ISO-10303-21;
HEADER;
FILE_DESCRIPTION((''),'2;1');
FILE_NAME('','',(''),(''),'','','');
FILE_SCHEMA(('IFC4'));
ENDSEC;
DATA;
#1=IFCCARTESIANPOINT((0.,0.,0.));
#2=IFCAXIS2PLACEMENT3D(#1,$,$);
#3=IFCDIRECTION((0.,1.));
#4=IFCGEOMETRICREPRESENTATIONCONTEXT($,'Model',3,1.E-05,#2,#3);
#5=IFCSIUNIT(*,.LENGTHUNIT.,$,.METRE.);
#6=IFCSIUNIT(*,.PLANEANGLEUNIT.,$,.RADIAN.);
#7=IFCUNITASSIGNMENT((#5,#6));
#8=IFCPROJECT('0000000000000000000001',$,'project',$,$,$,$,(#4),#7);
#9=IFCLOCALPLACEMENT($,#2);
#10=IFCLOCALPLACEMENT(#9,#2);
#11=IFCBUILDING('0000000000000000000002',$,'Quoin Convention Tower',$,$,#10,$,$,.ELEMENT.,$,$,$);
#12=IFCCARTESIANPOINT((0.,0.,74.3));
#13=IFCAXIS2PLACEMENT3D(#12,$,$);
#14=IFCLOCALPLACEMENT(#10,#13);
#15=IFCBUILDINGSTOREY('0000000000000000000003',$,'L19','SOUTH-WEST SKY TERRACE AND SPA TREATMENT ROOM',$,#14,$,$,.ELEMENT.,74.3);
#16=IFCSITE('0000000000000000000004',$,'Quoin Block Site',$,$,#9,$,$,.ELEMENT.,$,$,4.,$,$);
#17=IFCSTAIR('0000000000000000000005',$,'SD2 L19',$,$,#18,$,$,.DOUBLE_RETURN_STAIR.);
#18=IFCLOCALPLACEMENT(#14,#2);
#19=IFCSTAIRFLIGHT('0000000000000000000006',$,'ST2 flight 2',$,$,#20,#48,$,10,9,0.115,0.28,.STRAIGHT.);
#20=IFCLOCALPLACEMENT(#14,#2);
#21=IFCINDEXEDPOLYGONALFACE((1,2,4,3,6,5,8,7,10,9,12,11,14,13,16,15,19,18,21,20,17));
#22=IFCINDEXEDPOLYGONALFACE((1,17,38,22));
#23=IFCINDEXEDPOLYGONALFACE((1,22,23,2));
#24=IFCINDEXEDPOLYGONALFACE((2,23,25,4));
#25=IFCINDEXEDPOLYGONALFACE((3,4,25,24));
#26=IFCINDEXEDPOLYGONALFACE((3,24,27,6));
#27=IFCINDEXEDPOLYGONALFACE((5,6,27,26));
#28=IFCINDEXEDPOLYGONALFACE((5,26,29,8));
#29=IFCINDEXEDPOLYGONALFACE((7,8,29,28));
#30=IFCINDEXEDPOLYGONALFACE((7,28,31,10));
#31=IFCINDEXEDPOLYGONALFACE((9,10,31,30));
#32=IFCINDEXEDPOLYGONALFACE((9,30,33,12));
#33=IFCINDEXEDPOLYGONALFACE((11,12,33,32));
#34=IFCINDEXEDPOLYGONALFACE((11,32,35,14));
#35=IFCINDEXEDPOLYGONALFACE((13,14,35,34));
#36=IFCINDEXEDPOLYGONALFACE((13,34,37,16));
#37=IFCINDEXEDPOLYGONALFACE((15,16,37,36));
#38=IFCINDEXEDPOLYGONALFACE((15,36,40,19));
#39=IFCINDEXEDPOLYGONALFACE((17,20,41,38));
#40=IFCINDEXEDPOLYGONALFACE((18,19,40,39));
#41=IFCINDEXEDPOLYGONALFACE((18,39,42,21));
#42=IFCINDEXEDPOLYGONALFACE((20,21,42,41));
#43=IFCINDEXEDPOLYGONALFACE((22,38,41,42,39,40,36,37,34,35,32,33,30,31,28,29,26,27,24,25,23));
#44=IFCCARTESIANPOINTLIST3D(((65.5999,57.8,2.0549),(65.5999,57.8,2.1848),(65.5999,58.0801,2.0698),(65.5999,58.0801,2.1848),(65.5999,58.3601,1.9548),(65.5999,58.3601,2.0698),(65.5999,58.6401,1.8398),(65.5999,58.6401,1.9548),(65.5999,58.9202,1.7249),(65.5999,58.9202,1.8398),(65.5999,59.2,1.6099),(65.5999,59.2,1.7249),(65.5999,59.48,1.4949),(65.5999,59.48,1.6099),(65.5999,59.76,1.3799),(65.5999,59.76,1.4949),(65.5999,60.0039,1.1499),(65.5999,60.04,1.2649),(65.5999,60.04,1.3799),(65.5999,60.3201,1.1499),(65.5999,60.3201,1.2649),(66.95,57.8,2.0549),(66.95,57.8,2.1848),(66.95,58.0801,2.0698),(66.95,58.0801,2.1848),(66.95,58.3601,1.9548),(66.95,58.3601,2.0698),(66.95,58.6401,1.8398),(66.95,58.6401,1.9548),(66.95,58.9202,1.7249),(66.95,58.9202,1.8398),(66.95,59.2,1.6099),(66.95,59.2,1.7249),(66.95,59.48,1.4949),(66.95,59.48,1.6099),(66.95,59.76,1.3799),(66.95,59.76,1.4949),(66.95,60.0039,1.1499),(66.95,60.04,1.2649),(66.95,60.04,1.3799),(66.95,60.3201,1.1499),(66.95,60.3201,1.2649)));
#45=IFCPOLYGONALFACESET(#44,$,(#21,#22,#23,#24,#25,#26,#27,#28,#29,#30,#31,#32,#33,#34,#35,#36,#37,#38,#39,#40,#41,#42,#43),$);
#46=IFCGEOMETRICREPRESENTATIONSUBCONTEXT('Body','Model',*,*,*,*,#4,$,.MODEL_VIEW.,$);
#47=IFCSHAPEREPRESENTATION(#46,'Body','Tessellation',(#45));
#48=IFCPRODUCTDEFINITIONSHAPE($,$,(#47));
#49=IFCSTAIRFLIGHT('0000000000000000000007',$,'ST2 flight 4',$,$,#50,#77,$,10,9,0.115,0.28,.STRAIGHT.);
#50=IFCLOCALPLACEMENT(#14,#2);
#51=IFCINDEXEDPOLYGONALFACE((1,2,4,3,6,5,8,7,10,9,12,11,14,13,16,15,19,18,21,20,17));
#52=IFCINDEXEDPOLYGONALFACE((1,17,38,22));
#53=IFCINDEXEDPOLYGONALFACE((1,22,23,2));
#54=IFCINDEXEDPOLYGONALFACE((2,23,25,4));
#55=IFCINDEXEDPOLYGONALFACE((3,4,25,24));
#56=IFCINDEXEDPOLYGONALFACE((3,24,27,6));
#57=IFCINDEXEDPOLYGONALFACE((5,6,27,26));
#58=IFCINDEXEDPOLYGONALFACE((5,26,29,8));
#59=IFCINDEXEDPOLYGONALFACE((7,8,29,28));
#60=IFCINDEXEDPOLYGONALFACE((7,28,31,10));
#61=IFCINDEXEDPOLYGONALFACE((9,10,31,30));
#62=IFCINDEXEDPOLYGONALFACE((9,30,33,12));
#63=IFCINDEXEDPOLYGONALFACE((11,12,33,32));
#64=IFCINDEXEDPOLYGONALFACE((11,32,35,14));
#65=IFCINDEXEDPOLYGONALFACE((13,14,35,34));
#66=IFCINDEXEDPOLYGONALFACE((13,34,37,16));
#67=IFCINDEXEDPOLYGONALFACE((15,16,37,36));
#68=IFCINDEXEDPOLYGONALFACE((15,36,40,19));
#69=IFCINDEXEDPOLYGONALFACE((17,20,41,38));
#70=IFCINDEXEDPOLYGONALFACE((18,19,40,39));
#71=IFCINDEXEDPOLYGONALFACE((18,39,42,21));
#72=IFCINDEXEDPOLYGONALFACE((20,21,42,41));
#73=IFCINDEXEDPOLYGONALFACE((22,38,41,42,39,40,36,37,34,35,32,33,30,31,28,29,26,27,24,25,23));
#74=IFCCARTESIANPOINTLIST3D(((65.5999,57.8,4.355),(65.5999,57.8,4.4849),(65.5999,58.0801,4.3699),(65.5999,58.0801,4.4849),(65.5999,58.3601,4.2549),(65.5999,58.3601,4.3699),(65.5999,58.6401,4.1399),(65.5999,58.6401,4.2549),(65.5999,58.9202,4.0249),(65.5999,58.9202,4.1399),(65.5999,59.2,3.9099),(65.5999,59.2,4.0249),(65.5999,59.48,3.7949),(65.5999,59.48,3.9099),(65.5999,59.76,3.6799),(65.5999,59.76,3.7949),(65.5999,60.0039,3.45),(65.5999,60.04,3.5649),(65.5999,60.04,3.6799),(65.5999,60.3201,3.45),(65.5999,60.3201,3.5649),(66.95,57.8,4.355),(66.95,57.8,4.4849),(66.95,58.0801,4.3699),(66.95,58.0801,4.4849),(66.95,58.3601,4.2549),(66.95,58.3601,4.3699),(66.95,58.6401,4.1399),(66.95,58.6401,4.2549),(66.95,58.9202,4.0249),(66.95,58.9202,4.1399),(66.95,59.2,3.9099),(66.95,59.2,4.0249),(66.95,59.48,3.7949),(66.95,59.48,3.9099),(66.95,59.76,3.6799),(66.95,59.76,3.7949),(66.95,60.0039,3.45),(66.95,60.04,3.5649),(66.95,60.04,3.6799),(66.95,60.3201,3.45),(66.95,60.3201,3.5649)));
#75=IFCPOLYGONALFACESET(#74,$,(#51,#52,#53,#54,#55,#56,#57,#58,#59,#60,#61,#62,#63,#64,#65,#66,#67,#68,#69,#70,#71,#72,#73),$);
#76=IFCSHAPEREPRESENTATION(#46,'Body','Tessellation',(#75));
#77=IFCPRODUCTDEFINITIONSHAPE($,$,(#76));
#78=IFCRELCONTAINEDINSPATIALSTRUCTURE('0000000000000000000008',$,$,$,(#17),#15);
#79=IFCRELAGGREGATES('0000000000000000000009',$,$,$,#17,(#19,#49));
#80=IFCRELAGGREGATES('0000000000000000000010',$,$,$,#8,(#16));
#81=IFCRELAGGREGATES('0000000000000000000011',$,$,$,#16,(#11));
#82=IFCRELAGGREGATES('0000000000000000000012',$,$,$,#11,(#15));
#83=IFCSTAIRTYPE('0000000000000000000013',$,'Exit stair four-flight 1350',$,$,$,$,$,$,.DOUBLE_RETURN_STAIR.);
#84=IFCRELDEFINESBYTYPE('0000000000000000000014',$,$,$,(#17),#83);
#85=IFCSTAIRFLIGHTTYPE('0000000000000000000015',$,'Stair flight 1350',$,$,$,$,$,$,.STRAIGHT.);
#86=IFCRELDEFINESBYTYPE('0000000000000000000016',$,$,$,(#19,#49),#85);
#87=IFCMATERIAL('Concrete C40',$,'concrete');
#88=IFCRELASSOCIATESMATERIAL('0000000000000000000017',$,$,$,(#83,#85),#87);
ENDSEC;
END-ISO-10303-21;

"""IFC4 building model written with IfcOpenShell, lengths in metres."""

from ifc_helpers import new_model, si_unit, direction, frame, origin, place, context, subcontext, project, spatial, polyline, outline, extrude, material, type_object, element, aggregate, save


model = new_model("IFC4")

# Units and contexts
model_context = context("Model", 3, precision=1e-05, world=origin(), true_north=direction((0.0, 1.0)))
body_context = subcontext(model_context, "Body", "Model", "MODEL_VIEW")
ifc_project = project(units=[si_unit("LENGTHUNIT", "METRE"), si_unit("PLANEANGLEUNIT", "RADIAN")], contexts=[model_context])

# Site, building, storey
site_placement = place(None, origin())
site = spatial("IfcSite", under=ifc_project, at=site_placement, Name="Quoin Block Site", CompositionType="ELEMENT", RefElevation=4.0)
building_placement = place(site_placement, origin())
building = spatial("IfcBuilding", under=site, at=building_placement, Name="Quoin Convention Tower", CompositionType="ELEMENT")
storey_placement = place(building_placement, frame((0.0, 0.0, 74.3)))
storey = spatial("IfcBuildingStorey", under=building, at=storey_placement, Name="L19", Description="SOUTH-WEST SKY TERRACE AND SPA TREATMENT ROOM", CompositionType="ELEMENT", Elevation=74.3)

# Stair, stair flights
ifc_material_1 = material(Name="Concrete C40", Category="concrete")
stair_type = type_object("IfcStairType", Name="Exit stair four-flight 1350", PredefinedType="DOUBLE_RETURN_STAIR", material=ifc_material_1)
stair_placement = place(storey_placement, origin())
stair = element("IfcStair", 1, at=stair_placement, inside=storey, type_object=stair_type, Name="SD2 L19", PredefinedType="DOUBLE_RETURN_STAIR")
stair_flight_type = type_object("IfcStairFlightType", Name="Stair flight 1350", PredefinedType="STRAIGHT", material=ifc_material_1)
stair_flight_1_placement = place(storey_placement, frame((66.2749, 60.3201, 1.1499), z_axis=(0.0, 0.0, 1.0), x_axis=(0.0, -1.0, 0.0)))
stair_flight_1 = element("IfcStairFlight", 2, at=stair_flight_1_placement, type_object=stair_flight_type, Name="ST2 flight 2", NumberOfRisers=10, NumberOfTreads=9, PredefinedType="STRAIGHT", RiserHeight=0.115, TreadLength=0.28, context=body_context, shape_type="SweptSolid", body=[
    extrude(outline(polyline([(0.0, 0.0), (0.0, 0.115), (0.28, 0.115), (0.28, 0.23), (0.5601, 0.23), (0.5601, 0.345), (0.8401, 0.345), (0.8401, 0.46), (1.1201, 0.46), (1.1201, 0.575), (1.3999, 0.575), (1.3999, 0.6899), (1.6799, 0.6899), (1.6799, 0.8049), (1.96, 0.8049), (1.96, 0.9199), (2.24, 0.9199), (2.24, 1.0349), (2.52, 1.0349), (2.52, 1.1499), (2.52, 0.905), (0.3162, 0.0), (0.0, 0.0)])), frame((0.0, 0.675, 0.0), z_axis=(0.0, -1.0, 0.0), x_axis=(1.0, 0.0, 0.0)), (0.0, 0.0, 1.0), 1.3501),
])
stair_flight_2_placement = place(storey_placement, frame((66.2749, 60.3201, 3.45), z_axis=(0.0, 0.0, 1.0), x_axis=(0.0, -1.0, 0.0)))
stair_flight_2 = element("IfcStairFlight", 3, at=stair_flight_2_placement, type_object=stair_flight_type, Name="ST2 flight 4", NumberOfRisers=10, NumberOfTreads=9, PredefinedType="STRAIGHT", RiserHeight=0.115, TreadLength=0.28, context=body_context, shape_type="SweptSolid", body=[
    extrude(outline(polyline([(0.0, 0.0), (0.0, 0.115), (0.28, 0.115), (0.28, 0.23), (0.5601, 0.23), (0.5601, 0.345), (0.8401, 0.345), (0.8401, 0.46), (1.1201, 0.46), (1.1201, 0.575), (1.3999, 0.575), (1.3999, 0.6899), (1.6799, 0.6899), (1.6799, 0.8049), (1.96, 0.8049), (1.96, 0.9199), (2.24, 0.9199), (2.24, 1.0349), (2.52, 1.0349), (2.52, 1.1499), (2.52, 0.905), (0.3162, 0.0), (0.0, 0.0)])), frame((0.0, 0.675, 0.0), z_axis=(0.0, -1.0, 0.0), x_axis=(1.0, 0.0, 0.0)), (0.0, 0.0, 1.0), 1.3501),
])
aggregate(stair, [stair_flight_1, stair_flight_2])

save(model, "model.ifc")
